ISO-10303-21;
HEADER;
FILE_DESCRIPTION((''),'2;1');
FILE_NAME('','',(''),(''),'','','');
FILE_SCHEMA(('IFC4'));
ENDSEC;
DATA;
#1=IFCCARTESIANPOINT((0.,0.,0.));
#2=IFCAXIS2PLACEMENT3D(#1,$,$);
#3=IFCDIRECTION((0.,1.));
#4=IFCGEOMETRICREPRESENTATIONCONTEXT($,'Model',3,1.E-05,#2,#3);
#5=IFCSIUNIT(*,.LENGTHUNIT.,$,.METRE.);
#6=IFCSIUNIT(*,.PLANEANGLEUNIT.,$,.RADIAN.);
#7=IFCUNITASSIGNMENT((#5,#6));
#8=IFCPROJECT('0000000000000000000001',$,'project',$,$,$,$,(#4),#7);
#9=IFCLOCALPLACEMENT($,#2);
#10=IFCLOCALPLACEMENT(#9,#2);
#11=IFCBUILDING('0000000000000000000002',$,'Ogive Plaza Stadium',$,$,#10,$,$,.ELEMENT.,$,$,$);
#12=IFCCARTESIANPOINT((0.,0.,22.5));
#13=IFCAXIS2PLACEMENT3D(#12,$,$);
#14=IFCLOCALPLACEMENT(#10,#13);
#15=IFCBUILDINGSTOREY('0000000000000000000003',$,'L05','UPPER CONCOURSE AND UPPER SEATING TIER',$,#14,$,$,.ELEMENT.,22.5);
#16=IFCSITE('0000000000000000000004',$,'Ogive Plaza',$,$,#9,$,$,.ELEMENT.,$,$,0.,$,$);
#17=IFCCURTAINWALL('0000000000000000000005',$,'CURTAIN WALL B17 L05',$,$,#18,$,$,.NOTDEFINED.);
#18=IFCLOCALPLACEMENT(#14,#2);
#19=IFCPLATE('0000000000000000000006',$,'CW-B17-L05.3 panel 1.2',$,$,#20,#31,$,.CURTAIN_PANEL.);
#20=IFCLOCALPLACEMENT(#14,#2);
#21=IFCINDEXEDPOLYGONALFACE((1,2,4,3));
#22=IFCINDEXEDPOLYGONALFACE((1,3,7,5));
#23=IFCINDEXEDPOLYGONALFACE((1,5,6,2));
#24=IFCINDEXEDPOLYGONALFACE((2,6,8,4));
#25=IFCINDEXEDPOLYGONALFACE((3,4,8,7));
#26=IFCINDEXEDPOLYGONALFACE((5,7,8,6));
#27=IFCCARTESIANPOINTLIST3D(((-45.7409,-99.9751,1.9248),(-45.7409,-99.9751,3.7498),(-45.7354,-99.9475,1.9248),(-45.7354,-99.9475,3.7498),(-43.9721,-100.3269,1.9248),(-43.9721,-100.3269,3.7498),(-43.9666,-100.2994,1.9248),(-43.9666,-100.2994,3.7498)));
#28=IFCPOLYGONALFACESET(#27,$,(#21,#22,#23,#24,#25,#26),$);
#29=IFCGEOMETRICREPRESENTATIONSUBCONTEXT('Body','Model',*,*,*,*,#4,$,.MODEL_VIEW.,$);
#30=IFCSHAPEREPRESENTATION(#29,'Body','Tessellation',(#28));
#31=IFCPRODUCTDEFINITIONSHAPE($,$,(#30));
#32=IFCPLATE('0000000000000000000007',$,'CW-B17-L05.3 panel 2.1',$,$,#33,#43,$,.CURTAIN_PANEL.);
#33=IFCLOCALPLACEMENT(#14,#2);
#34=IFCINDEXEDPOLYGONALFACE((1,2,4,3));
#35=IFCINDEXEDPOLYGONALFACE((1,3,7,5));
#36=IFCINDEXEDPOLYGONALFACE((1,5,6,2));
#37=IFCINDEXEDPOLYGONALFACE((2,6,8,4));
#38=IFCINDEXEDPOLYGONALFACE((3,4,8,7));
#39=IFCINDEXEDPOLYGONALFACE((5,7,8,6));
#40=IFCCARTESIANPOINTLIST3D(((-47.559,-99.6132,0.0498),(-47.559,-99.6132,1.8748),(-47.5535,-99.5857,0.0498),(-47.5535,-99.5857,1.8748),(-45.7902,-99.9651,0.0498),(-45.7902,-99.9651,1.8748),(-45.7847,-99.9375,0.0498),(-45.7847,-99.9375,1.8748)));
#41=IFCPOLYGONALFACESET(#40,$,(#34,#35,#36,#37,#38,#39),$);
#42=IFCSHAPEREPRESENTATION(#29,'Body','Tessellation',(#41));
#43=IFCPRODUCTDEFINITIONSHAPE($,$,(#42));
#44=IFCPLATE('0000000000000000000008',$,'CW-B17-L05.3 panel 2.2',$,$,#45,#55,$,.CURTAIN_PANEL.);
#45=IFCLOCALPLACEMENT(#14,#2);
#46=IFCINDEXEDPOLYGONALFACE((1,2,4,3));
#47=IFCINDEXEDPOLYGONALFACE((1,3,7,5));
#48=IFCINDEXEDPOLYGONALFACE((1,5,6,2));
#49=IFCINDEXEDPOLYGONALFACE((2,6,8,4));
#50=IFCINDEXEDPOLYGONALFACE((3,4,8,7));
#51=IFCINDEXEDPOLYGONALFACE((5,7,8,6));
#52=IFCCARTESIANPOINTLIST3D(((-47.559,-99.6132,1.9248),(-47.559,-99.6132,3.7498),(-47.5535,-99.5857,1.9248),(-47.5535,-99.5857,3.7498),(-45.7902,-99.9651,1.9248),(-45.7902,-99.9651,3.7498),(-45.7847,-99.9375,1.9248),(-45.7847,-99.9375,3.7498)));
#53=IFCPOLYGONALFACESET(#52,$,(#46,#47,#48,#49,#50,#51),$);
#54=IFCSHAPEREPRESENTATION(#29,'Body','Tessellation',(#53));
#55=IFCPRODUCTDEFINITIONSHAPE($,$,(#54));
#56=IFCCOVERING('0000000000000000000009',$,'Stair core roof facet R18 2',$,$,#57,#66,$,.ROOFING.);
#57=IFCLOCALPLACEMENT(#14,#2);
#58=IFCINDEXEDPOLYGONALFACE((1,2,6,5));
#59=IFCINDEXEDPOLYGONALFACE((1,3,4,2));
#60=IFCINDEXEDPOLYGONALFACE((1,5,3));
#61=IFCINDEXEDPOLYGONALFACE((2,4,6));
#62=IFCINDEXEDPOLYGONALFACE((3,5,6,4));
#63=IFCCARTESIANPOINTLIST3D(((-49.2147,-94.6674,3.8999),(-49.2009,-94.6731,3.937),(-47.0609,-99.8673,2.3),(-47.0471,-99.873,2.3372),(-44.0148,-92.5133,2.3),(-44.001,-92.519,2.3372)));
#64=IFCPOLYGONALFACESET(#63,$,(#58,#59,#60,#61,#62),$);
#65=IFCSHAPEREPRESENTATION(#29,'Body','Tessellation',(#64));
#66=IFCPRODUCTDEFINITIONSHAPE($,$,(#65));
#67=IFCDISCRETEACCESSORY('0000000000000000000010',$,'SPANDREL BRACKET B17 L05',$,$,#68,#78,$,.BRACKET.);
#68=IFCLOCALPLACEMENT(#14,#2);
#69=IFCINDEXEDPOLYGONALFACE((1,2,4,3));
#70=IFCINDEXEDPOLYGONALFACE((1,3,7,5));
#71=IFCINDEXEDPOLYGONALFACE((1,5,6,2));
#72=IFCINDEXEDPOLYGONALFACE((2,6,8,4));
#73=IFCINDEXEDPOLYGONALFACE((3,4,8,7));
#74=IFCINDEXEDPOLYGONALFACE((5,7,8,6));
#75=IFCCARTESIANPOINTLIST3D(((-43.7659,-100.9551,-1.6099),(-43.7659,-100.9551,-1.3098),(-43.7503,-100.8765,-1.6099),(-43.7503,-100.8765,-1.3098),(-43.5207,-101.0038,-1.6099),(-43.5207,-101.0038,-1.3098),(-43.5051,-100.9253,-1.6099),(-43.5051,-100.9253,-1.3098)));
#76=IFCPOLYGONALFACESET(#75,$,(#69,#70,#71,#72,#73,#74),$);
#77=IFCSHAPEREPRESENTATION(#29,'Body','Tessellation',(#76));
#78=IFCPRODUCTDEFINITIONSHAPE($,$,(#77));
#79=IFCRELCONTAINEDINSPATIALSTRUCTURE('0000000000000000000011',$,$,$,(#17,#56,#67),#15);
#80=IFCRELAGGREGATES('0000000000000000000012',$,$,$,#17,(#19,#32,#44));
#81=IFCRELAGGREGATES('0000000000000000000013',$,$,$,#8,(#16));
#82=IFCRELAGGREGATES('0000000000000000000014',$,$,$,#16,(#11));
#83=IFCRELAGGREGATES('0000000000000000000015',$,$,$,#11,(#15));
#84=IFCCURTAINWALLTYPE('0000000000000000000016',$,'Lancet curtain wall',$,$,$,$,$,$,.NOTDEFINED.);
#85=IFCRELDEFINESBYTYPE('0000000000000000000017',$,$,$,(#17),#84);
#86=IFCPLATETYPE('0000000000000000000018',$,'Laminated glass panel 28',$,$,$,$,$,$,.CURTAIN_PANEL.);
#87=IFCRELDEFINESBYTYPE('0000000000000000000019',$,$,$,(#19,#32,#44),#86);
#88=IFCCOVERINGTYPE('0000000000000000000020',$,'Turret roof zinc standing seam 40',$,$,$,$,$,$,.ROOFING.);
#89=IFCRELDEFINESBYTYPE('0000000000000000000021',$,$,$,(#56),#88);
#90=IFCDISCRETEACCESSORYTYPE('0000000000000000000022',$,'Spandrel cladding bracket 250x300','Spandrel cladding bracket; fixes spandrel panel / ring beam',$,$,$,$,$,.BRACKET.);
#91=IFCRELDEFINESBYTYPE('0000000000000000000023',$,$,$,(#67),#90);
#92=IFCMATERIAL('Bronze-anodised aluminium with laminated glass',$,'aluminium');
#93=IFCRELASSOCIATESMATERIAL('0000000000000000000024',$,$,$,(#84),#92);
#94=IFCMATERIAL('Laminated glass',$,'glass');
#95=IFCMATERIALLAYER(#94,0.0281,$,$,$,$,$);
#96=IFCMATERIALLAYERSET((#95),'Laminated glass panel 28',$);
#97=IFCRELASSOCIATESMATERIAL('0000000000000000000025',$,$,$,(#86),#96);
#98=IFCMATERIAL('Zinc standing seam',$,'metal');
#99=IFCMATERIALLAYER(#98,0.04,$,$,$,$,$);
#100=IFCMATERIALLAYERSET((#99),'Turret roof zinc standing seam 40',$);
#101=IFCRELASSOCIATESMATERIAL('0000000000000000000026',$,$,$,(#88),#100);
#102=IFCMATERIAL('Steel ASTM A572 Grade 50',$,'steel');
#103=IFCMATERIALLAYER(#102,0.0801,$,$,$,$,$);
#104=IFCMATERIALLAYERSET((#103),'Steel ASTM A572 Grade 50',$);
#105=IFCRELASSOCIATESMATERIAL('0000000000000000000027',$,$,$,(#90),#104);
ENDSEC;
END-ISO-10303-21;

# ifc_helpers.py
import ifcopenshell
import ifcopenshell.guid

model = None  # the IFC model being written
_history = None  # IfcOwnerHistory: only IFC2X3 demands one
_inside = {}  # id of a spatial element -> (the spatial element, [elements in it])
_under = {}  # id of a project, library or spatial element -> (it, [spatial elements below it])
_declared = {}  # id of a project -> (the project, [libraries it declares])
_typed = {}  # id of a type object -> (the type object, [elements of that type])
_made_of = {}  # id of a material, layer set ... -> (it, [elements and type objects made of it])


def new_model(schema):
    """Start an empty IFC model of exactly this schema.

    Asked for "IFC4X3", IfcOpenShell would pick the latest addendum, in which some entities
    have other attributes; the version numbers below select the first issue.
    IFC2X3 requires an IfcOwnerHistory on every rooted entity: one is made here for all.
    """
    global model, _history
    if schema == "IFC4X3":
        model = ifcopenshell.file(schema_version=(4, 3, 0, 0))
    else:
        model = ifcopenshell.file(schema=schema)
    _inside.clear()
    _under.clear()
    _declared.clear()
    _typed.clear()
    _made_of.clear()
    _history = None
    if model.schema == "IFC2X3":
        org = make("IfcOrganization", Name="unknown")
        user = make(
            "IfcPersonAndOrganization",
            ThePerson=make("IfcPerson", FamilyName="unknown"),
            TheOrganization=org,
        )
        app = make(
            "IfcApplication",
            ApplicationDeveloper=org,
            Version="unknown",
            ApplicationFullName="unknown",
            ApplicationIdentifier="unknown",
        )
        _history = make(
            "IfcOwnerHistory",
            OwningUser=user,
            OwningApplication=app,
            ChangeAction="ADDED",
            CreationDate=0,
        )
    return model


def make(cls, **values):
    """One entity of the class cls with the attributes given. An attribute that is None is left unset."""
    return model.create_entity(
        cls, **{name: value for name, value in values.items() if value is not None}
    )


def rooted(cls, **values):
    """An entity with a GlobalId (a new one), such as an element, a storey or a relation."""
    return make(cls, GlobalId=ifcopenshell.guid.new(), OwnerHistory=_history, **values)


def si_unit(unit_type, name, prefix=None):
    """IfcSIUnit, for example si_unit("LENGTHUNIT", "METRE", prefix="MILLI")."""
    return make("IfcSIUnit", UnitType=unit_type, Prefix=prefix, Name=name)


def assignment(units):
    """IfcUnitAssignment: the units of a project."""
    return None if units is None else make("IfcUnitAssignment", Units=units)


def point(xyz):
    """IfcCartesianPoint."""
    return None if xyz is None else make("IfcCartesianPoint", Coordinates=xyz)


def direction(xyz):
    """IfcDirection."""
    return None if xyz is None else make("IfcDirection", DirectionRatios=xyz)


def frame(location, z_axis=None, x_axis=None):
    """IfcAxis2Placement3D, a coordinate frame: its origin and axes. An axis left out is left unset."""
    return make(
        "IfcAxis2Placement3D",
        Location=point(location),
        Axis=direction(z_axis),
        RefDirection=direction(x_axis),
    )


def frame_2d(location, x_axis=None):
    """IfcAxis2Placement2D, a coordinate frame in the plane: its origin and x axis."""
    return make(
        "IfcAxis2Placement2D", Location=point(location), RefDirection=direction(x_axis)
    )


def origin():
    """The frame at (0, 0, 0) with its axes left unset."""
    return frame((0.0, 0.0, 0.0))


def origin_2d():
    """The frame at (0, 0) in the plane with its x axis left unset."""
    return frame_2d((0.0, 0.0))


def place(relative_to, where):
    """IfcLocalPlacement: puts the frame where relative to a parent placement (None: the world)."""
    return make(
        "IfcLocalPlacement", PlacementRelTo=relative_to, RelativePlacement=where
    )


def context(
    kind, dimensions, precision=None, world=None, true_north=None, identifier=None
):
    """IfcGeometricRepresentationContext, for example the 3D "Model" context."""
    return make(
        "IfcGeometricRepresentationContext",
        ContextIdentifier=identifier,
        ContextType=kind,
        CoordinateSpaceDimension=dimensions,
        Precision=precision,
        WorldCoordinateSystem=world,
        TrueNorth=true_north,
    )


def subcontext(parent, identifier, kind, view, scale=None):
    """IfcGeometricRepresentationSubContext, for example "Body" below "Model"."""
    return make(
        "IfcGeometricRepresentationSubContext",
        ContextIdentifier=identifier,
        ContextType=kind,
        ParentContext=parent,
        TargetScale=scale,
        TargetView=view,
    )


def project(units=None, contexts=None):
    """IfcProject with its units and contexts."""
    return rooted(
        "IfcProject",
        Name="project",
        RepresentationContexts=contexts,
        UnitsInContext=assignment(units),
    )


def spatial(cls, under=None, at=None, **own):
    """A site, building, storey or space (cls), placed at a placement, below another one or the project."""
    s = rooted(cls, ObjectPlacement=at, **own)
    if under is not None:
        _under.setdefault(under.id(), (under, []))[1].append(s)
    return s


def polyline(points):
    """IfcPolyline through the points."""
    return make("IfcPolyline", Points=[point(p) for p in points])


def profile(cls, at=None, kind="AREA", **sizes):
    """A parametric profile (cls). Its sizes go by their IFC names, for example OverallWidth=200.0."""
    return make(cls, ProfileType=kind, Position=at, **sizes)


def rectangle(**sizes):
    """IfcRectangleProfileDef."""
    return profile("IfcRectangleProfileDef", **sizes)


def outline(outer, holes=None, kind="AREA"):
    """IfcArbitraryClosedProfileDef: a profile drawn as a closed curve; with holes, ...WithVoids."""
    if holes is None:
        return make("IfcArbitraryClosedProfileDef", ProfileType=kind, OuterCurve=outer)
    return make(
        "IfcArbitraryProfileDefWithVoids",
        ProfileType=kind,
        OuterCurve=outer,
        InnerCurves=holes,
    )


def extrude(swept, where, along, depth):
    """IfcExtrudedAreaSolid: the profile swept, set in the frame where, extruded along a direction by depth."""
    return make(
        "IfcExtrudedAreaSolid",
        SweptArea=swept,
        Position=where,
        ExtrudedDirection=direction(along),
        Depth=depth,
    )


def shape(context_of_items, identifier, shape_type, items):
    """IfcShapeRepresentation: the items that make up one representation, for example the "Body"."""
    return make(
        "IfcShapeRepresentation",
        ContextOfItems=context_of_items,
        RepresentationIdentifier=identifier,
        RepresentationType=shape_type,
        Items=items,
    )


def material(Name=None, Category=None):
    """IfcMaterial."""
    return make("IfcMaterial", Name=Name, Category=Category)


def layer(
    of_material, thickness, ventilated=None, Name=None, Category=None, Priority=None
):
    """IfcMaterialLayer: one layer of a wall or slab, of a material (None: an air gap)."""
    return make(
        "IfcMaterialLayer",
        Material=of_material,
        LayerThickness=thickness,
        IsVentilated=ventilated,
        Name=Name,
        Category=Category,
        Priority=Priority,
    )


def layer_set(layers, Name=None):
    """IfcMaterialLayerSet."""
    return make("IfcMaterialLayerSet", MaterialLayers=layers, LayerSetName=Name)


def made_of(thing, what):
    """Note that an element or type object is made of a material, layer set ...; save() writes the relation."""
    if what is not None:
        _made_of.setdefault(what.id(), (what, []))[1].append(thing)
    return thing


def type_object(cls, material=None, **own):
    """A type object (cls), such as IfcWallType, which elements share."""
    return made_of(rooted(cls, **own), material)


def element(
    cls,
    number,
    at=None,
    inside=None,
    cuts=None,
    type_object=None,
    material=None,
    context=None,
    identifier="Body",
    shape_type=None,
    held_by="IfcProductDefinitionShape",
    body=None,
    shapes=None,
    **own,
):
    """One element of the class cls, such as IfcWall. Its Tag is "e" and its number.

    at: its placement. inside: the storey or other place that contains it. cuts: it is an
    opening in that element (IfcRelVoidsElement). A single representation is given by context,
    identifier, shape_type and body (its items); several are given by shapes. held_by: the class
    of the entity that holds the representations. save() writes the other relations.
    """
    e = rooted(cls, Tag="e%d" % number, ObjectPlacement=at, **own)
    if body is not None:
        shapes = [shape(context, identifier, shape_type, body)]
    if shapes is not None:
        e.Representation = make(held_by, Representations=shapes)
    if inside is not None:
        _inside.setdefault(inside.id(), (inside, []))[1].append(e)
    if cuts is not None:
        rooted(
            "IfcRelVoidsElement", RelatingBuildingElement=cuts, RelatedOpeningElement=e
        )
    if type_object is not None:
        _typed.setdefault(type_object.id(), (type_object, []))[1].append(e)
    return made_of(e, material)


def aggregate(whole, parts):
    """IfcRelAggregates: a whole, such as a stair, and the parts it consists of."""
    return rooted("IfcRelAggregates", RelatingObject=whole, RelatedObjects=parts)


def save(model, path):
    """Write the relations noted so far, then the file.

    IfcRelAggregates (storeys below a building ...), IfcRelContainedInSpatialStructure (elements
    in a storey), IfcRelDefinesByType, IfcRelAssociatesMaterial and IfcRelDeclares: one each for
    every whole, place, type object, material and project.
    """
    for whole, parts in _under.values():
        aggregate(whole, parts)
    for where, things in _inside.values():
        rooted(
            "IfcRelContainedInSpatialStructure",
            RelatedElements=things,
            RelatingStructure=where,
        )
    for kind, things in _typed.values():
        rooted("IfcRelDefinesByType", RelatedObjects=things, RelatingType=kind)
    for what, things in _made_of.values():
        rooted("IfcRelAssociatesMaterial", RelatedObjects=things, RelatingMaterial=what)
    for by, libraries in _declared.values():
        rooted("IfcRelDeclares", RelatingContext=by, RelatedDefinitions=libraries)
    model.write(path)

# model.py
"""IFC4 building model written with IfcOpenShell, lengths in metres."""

from ifc_helpers import new_model, si_unit, direction, frame, origin, origin_2d, place, context, subcontext, project, spatial, polyline, rectangle, outline, extrude, material, layer, layer_set, type_object, element, aggregate, save


model = new_model("IFC4")

# Units and contexts
model_context = context("Model", 3, precision=1e-05, world=origin(), true_north=direction((0.0, 1.0)))
body_context = subcontext(model_context, "Body", "Model", "MODEL_VIEW")
ifc_project = project(units=[si_unit("LENGTHUNIT", "METRE"), si_unit("PLANEANGLEUNIT", "RADIAN")], contexts=[model_context])

# Site, building, storey
site_placement = place(None, origin())
site = spatial("IfcSite", under=ifc_project, at=site_placement, Name="Ogive Plaza", CompositionType="ELEMENT", RefElevation=0.0)
building_placement = place(site_placement, origin())
building = spatial("IfcBuilding", under=site, at=building_placement, Name="Ogive Plaza Stadium", CompositionType="ELEMENT")
storey_placement = place(building_placement, frame((0.0, 0.0, 22.5)))
storey = spatial("IfcBuildingStorey", under=building, at=storey_placement, Name="L05", Description="UPPER CONCOURSE AND UPPER SEATING TIER", CompositionType="ELEMENT", Elevation=22.5)

# Shared definitions
ifc_material_1 = material(Name="Bronze-anodised aluminium with laminated glass", Category="aluminium")
curtain_wall_type = type_object("IfcCurtainWallType", Name="Lancet curtain wall", PredefinedType="NOTDEFINED", material=ifc_material_1)

# Curtain wall
curtain_wall_1_placement = place(storey_placement, origin())
curtain_wall_1 = element("IfcCurtainWall", 1, at=curtain_wall_1_placement, inside=storey, type_object=curtain_wall_type, Name="CURTAIN WALL B17 L05", PredefinedType="NOTDEFINED")

# Plates
ifc_material_2 = material(Name="Laminated glass", Category="glass")
ifc_layer_1 = layer(ifc_material_2, 0.0281)
ifc_layer_set_1 = layer_set([ifc_layer_1], Name="Laminated glass panel 28")
plate_type = type_object("IfcPlateType", Name="Laminated glass panel 28", PredefinedType="CURTAIN_PANEL", material=ifc_layer_set_1)
plate_1_placement = place(storey_placement, frame((-44.8538, -100.1372, 1.9248), z_axis=(0.0, 0.0, 1.0), x_axis=(-0.980785, 0.19509, 0.0)))
plate_1 = element("IfcPlate", 2, at=plate_1_placement, type_object=plate_type, Name="CW-B17-L05.3 panel 1.2", PredefinedType="CURTAIN_PANEL", context=body_context, shape_type="SweptSolid", body=[
    extrude(rectangle(XDim=1.8035, YDim=0.0281, at=origin_2d()), origin(), (0.0, 0.0, 1.0), 1.825),
])
plate_2_placement = place(storey_placement, frame((-46.6719, -99.7754, 0.0498), z_axis=(0.0, 0.0, 1.0), x_axis=(-0.980785, 0.19509, 0.0)))
plate_2 = element("IfcPlate", 3, at=plate_2_placement, type_object=plate_type, Name="CW-B17-L05.3 panel 2.1", PredefinedType="CURTAIN_PANEL", context=body_context, shape_type="SweptSolid", body=[
    extrude(rectangle(XDim=1.8035, YDim=0.0281, at=origin_2d()), origin(), (0.0, 0.0, 1.0), 1.825),
])
plate_3_placement = place(storey_placement, frame((-46.6719, -99.7754, 1.9248), z_axis=(0.0, 0.0, 1.0), x_axis=(-0.980785, 0.19509, 0.0)))
plate_3 = element("IfcPlate", 4, at=plate_3_placement, type_object=plate_type, Name="CW-B17-L05.3 panel 2.2", PredefinedType="CURTAIN_PANEL", context=body_context, shape_type="SweptSolid", body=[
    extrude(rectangle(XDim=1.8035, YDim=0.0281, at=origin_2d()), origin(), (0.0, 0.0, 1.0), 1.825),
])
aggregate(curtain_wall_1, [plate_1, plate_2, plate_3])

# Covering
ifc_material_3 = material(Name="Zinc standing seam", Category="metal")
ifc_layer_2 = layer(ifc_material_3, 0.04)
ifc_layer_set_2 = layer_set([ifc_layer_2], Name="Turret roof zinc standing seam 40")
covering_type = type_object("IfcCoveringType", Name="Turret roof zinc standing seam 40", PredefinedType="ROOFING", material=ifc_layer_set_2)
covering_placement = place(storey_placement, frame((-47.0471, -99.873, 2.3372), z_axis=(0.344592, -0.142736, 0.927838), x_axis=(0.382685, 0.923879, 0.0)))
element("IfcCovering", 5, at=covering_placement, inside=storey, type_object=covering_type, Name="Stair core roof facet R18 2", PredefinedType="ROOFING", context=body_context, shape_type="SweptSolid", body=[
    extrude(outline(polyline([(0.0, 0.0), (7.9599, 0.0), (3.9799, 4.2893), (0.0, 0.0)])), origin(), (0.0, 0.0, -1.0), 0.04),
])

# Discrete accessory
ifc_material_4 = material(Name="Steel ASTM A572 Grade 50", Category="steel")
ifc_layer_3 = layer(ifc_material_4, 0.0801)
ifc_layer_set_3 = layer_set([ifc_layer_3], Name="Steel ASTM A572 Grade 50")
discrete_accessory_type = type_object("IfcDiscreteAccessoryType", Name="Spandrel cladding bracket 250x300", Description="Spandrel cladding bracket; fixes spandrel panel / ring beam", PredefinedType="BRACKET", material=ifc_layer_set_3)
discrete_accessory_placement = place(storey_placement, frame((-43.6355, -100.9402, -1.6099), z_axis=(0.0, 0.0, 1.0), x_axis=(-0.980785, 0.19509, 0.0)))
element("IfcDiscreteAccessory", 6, at=discrete_accessory_placement, inside=storey, type_object=discrete_accessory_type, Name="SPANDREL BRACKET B17 L05", PredefinedType="BRACKET", context=body_context, shape_type="SweptSolid", body=[
    extrude(rectangle(XDim=0.25, YDim=0.0801, at=origin_2d()), origin(), (0.0, 0.0, 1.0), 0.3),
])

save(model, "model.ifc")
